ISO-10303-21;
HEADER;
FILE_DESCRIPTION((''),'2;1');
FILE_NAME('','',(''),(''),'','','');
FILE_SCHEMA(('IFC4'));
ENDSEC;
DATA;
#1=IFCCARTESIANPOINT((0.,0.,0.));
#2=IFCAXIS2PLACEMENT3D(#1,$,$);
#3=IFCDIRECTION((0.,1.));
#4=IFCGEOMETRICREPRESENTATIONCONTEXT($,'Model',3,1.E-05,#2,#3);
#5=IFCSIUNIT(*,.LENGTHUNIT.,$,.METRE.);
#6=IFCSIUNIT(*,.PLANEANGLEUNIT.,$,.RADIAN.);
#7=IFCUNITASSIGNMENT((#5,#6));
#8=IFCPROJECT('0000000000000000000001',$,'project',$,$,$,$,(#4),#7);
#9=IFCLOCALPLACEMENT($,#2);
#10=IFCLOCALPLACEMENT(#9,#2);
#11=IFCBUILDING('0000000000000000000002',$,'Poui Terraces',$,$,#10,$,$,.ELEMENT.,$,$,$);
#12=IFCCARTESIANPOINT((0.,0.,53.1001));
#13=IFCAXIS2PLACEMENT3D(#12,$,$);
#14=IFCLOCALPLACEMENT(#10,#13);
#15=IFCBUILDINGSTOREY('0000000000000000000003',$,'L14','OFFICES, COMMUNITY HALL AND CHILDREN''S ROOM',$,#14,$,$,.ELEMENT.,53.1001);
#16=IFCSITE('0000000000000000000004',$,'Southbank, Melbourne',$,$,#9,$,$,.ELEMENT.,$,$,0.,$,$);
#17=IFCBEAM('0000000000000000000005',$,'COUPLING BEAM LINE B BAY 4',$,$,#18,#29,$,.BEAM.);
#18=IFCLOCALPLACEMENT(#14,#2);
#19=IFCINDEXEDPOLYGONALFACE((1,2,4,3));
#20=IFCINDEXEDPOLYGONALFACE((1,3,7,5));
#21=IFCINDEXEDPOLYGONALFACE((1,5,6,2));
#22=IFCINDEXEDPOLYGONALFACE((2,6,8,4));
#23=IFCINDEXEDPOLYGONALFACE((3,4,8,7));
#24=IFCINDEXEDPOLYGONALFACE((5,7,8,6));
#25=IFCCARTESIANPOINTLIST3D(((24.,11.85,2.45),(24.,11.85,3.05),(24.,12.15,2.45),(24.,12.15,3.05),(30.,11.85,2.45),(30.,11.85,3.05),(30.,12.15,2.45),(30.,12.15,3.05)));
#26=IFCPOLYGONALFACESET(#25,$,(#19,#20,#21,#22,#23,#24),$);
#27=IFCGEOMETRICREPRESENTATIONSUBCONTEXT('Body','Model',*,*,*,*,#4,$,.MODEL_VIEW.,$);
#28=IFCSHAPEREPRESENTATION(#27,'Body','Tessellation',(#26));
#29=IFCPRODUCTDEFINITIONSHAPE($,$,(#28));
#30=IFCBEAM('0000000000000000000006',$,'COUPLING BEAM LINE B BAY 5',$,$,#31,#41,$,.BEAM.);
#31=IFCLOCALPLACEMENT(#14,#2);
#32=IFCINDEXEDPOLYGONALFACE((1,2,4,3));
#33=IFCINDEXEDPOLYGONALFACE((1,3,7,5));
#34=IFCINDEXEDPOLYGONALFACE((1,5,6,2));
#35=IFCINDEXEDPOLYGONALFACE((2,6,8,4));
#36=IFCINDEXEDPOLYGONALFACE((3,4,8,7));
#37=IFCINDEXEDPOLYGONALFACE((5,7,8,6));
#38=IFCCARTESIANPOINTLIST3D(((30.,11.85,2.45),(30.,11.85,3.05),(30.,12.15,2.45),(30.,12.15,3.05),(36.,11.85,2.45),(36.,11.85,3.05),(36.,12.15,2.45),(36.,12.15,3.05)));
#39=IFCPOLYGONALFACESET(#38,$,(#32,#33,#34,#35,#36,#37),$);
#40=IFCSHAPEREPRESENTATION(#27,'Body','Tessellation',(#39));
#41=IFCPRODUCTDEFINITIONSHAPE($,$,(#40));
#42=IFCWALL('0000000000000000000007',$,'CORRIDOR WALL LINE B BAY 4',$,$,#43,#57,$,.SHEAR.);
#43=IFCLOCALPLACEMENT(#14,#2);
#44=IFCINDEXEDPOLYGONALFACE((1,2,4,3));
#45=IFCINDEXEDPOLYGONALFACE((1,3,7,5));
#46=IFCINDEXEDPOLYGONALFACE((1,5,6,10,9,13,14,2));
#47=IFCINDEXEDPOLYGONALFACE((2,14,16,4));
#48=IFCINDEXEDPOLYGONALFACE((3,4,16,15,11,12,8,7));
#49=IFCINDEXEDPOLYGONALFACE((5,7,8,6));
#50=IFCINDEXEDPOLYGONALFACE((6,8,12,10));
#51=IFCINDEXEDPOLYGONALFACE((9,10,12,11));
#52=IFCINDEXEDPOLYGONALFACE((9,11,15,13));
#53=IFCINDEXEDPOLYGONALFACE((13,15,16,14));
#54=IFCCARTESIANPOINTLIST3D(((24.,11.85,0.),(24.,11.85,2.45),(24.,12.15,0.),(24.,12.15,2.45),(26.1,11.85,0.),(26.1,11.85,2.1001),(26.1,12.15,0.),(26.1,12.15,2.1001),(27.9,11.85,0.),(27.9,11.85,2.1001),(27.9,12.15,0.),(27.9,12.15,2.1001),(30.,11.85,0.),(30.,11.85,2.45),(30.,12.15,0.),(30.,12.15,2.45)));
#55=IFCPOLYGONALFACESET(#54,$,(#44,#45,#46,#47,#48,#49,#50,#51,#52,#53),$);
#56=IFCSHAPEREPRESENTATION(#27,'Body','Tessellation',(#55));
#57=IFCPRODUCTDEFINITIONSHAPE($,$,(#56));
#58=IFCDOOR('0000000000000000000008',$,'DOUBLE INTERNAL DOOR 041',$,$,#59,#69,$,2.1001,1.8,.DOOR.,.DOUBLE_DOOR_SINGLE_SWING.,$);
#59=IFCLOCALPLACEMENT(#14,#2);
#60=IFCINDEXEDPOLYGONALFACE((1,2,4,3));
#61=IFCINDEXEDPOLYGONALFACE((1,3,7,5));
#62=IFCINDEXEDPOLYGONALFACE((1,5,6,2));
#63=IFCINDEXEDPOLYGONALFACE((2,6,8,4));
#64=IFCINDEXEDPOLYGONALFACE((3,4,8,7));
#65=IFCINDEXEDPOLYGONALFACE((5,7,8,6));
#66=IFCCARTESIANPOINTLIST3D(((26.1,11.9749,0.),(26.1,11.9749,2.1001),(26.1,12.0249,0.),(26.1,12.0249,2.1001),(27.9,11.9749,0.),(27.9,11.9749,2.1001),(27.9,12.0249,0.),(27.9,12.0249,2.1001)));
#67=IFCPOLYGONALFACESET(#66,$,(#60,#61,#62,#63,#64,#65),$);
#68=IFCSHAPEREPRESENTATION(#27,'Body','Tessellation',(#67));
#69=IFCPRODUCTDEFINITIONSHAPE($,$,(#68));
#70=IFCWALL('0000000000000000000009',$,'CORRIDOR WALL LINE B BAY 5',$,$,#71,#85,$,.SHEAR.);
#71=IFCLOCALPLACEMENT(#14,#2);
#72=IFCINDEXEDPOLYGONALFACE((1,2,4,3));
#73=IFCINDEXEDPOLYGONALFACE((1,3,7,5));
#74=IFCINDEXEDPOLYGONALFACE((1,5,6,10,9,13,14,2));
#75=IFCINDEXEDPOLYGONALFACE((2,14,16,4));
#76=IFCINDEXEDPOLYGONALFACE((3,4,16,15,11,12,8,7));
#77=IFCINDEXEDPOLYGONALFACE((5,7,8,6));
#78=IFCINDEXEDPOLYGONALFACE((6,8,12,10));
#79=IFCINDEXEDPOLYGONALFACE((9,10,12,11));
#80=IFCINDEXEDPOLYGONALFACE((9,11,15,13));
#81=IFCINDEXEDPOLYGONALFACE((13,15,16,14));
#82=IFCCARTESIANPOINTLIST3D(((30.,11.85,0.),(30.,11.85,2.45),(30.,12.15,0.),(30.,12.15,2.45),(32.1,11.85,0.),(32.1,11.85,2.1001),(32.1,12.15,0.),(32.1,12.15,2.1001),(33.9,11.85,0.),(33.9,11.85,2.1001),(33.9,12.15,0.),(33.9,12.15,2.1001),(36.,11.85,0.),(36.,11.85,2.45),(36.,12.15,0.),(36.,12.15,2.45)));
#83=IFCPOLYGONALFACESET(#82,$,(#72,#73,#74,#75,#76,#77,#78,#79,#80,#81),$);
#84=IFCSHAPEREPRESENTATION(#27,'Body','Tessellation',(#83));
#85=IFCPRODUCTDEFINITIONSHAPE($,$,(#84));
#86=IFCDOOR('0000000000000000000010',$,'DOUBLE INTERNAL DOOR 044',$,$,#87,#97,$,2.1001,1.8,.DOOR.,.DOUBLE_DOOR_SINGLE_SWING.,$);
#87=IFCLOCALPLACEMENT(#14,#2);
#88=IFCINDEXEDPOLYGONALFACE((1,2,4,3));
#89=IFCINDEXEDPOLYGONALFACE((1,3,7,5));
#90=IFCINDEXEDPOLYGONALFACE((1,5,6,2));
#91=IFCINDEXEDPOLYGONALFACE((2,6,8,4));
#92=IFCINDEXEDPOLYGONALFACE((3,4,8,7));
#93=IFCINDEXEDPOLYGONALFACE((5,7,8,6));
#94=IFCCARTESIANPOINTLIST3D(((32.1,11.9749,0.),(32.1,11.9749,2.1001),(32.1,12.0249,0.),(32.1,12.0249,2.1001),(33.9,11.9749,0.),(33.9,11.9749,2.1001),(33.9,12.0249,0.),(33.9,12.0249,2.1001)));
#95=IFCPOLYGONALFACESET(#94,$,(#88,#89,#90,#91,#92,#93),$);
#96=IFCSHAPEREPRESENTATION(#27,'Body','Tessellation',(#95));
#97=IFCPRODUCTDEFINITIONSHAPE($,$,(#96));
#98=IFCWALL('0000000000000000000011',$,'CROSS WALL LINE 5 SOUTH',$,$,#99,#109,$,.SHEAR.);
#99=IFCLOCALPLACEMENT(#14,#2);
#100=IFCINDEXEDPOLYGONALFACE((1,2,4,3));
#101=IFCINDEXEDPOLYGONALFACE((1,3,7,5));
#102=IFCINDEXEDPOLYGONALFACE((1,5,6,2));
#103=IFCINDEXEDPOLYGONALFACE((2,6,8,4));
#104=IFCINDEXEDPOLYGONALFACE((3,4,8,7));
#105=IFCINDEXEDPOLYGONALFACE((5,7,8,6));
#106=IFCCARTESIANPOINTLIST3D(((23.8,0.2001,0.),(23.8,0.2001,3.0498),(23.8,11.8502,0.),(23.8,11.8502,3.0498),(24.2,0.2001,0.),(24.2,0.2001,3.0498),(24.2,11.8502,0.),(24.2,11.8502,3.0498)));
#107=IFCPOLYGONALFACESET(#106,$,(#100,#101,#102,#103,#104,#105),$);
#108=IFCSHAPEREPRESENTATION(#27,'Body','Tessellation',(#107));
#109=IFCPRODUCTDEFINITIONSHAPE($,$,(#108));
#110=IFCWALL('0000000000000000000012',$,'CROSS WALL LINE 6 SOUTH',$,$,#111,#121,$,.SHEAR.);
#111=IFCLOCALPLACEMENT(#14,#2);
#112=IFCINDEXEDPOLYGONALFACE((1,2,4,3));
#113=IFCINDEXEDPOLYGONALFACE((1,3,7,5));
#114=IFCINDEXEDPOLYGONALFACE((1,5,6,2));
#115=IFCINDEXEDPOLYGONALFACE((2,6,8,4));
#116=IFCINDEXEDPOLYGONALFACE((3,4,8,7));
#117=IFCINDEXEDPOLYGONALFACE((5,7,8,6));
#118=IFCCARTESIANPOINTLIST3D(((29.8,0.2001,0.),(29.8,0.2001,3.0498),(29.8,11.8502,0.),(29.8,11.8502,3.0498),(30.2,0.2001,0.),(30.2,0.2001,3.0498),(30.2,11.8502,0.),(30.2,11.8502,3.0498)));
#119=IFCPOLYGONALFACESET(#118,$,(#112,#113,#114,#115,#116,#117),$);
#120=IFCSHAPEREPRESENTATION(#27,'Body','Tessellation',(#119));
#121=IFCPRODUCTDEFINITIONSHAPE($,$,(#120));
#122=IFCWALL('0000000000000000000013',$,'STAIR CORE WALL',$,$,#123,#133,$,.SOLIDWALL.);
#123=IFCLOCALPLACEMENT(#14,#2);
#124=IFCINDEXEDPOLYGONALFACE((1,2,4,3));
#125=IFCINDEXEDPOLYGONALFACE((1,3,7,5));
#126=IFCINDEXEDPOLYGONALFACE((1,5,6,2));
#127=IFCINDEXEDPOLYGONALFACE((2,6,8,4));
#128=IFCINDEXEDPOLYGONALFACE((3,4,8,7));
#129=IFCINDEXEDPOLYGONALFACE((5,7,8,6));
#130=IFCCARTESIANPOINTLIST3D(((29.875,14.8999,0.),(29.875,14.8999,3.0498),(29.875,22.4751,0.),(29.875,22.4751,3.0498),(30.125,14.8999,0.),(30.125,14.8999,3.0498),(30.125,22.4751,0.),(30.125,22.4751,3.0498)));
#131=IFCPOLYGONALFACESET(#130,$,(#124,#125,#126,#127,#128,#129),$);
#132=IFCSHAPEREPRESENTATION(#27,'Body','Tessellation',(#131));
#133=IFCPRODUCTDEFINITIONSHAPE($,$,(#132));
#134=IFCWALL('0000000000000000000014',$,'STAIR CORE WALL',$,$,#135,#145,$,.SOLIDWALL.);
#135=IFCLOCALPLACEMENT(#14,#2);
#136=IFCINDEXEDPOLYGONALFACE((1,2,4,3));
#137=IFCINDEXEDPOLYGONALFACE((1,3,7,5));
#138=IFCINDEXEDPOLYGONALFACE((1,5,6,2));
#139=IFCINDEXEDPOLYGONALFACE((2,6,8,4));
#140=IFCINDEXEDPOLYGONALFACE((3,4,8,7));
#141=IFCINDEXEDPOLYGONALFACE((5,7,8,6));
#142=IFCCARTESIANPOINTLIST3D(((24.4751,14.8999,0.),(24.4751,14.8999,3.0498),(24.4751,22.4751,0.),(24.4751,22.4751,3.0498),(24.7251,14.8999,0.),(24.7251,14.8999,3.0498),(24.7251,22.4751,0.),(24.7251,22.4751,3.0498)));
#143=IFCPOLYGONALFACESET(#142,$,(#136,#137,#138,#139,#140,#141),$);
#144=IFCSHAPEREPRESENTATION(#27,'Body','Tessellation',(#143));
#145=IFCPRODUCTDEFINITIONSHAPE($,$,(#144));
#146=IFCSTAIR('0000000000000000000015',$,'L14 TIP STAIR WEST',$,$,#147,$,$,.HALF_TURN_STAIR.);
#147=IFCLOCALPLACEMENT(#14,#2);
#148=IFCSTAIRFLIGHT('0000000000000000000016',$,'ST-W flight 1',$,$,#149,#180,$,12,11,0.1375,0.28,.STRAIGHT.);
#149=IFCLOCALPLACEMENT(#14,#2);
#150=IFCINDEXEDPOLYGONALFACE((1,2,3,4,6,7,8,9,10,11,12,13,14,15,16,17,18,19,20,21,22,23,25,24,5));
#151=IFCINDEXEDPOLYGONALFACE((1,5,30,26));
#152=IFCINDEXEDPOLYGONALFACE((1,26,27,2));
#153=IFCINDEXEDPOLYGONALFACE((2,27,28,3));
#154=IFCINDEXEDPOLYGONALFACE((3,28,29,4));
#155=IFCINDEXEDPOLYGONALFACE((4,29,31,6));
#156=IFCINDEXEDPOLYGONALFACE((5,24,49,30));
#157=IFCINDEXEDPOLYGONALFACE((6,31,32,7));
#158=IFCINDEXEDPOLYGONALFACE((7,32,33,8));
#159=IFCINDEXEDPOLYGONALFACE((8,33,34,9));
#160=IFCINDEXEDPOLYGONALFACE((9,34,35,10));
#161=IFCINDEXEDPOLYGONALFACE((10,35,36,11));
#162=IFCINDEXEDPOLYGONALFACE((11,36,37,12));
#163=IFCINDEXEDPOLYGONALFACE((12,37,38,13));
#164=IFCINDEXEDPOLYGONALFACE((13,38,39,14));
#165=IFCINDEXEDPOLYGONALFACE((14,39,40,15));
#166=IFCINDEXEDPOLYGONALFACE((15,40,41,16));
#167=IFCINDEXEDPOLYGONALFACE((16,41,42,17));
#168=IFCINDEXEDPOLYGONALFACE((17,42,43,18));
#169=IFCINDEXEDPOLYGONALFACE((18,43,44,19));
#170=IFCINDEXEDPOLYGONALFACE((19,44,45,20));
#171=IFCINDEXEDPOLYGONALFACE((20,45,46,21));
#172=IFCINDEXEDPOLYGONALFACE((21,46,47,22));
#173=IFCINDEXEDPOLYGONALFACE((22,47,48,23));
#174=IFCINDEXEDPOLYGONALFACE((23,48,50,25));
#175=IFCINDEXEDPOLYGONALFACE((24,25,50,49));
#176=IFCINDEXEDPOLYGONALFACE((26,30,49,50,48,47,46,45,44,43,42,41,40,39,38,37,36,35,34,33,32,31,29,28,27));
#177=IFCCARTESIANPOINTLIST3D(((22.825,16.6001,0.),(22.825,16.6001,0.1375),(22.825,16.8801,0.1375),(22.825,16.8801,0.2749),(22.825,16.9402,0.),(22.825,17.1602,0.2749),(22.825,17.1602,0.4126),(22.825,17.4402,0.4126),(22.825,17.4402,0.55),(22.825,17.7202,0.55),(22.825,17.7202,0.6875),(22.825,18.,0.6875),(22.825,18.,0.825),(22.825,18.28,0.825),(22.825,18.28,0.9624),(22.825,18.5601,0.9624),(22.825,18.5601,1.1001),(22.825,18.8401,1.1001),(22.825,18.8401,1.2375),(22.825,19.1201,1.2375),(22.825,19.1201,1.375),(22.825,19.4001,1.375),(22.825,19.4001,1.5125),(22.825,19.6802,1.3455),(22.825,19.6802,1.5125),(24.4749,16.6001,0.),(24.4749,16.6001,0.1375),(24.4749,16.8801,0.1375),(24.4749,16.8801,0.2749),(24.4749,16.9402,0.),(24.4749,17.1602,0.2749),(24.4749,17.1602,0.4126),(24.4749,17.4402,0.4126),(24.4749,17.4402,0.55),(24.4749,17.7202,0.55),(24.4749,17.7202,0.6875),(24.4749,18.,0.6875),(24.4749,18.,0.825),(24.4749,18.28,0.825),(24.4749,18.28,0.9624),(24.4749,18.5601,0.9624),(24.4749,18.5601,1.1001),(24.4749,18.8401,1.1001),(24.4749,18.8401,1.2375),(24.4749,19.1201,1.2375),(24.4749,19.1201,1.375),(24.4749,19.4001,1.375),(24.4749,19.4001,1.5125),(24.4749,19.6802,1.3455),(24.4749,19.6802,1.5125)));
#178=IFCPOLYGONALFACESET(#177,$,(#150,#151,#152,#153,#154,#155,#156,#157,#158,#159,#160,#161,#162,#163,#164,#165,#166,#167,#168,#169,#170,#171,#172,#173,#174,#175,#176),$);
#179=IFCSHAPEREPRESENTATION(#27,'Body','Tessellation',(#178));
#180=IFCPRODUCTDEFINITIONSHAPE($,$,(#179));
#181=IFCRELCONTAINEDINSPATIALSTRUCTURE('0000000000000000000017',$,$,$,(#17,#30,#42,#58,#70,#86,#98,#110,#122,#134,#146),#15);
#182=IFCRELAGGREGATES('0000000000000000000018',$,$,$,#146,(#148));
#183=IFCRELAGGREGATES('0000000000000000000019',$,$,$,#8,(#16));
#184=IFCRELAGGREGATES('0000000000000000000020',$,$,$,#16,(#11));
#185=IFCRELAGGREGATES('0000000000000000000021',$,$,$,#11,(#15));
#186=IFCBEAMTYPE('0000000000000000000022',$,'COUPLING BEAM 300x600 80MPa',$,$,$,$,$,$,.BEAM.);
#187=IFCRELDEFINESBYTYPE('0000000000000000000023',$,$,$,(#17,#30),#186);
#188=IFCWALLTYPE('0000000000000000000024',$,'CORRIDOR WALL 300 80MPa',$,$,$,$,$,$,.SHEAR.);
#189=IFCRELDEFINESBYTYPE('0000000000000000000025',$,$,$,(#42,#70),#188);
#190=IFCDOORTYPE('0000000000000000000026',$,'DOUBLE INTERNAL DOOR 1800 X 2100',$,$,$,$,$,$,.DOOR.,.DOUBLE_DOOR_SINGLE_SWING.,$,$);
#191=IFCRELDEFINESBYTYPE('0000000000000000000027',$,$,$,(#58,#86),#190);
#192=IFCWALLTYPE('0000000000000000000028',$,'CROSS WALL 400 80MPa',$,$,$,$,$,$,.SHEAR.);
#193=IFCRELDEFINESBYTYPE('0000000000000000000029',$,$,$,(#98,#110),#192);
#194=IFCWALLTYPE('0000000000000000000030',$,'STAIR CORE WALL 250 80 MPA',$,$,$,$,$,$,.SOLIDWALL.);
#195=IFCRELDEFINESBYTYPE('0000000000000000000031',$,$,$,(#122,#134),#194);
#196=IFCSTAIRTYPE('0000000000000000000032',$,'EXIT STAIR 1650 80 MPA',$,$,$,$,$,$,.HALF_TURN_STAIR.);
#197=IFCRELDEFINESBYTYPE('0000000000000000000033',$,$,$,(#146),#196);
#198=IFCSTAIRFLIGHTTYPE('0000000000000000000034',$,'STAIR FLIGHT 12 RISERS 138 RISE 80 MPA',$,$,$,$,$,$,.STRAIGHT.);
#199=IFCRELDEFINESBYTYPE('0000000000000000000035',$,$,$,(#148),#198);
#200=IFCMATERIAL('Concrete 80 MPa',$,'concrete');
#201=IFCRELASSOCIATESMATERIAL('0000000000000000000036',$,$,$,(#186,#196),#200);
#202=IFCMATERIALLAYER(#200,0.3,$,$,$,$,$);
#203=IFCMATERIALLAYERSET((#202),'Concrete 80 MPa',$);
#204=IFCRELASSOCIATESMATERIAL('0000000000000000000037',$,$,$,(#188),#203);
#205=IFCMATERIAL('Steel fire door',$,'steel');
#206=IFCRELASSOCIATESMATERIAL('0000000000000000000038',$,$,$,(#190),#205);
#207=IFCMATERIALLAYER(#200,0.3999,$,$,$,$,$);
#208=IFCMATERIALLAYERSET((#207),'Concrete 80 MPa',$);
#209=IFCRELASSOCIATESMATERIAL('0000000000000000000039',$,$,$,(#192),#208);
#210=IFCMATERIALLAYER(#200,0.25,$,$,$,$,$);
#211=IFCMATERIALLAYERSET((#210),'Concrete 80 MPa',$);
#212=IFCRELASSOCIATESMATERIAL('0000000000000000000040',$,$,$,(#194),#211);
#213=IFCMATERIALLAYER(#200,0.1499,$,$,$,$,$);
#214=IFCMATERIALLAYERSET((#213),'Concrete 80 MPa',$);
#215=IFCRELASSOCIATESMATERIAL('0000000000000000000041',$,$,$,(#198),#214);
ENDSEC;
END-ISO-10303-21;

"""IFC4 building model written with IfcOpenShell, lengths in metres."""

from ifc_helpers import new_model, si_unit, direction, frame, frame_2d, origin, origin_2d, place, context, subcontext, project, spatial, polyline, rectangle, outline, extrude, source, transform, mapped, material, layer, layer_set, material_profile, profile_set, type_object, element, fill, aggregate, save


model = new_model("IFC4")

# Units and contexts
model_context = context("Model", 3, precision=1e-05, world=origin(), true_north=direction((0.0, 1.0)))
body_context = subcontext(model_context, "Body", "Model", "MODEL_VIEW")
ifc_project = project(units=[si_unit("LENGTHUNIT", "METRE"), si_unit("PLANEANGLEUNIT", "RADIAN")], contexts=[model_context])

# Site, building, storey
site_placement = place(None, origin())
site = spatial("IfcSite", under=ifc_project, at=site_placement, Name="Southbank, Melbourne", CompositionType="ELEMENT", RefElevation=0.0)
building_placement = place(site_placement, origin())
building = spatial("IfcBuilding", under=site, at=building_placement, Name="Poui Terraces", CompositionType="ELEMENT")
storey_placement = place(building_placement, frame((0.0, 0.0, 53.1001)))
storey = spatial("IfcBuildingStorey", under=building, at=storey_placement, Name="L14", Description="OFFICES, COMMUNITY HALL AND CHILDREN'S ROOM", CompositionType="ELEMENT", Elevation=53.1001)

# Beams
ifc_material_1 = material(Name="Concrete 80 MPa", Category="concrete")
ifc_material_profile = material_profile(ifc_material_1, rectangle(XDim=0.3, YDim=0.6001, at=origin_2d()), Name="RC 300x600")
ifc_profile_set = profile_set([ifc_material_profile], Name="Concrete 80 MPa")
beam_type = type_object("IfcBeamType", Name="COUPLING BEAM 300x600 80MPa", PredefinedType="BEAM", material=ifc_profile_set)
shared_shape = source(origin(), body_context, "Body", "SweptSolid", [
    extrude(rectangle(XDim=0.3, YDim=0.6001, at=origin_2d()), origin(), (0.0, 0.0, 1.0), 6.0),
])
for number, where, z_axis, x_axis, name in (
    (1, (24.0, 12.0, 2.75), (1.0, 0.0, 0.0), (0.0, 1.0, 0.0), "COUPLING BEAM LINE B BAY 4"),
    (2, (30.0, 12.0, 2.75), (1.0, 0.0, 0.0), (0.0, 1.0, 0.0), "COUPLING BEAM LINE B BAY 5"),
):
    element("IfcBeam", number, at=place(storey_placement, frame(where, z_axis=z_axis, x_axis=x_axis)), inside=storey, type_object=beam_type, Name=name, PredefinedType="BEAM", context=body_context, shape_type="MappedRepresentation", body=[
        mapped(shared_shape, transform((0.0, 0.0, 0.0))),
    ])

# Walls, openings, doors
ifc_layer_1 = layer(ifc_material_1, 0.3)
ifc_layer_set_1 = layer_set([ifc_layer_1], Name="Concrete 80 MPa")
wall_type_1 = type_object("IfcWallType", Name="CORRIDOR WALL 300 80MPa", PredefinedType="SHEAR", material=ifc_layer_set_1)
wall_1_placement = place(storey_placement, frame((24.0, 12.0, 0.0), z_axis=(0.0, 0.0, 1.0), x_axis=(1.0, 0.0, 0.0)))
wall_1 = element("IfcWall", 3, at=wall_1_placement, inside=storey, type_object=wall_type_1, Name="CORRIDOR WALL LINE B BAY 4", PredefinedType="SHEAR", context=body_context, shape_type="SweptSolid", body=[
    extrude(rectangle(XDim=6.0, YDim=0.3, at=frame_2d((3.0, 0.0))), origin(), (0.0, 0.0, 1.0), 2.45),
])
opening_1_placement = place(wall_1_placement, frame((2.1001, 0.0, 0.0)))
opening_1 = element("IfcOpeningElement", 4, at=opening_1_placement, cuts=wall_1, PredefinedType="OPENING", context=body_context, shape_type="SweptSolid", body=[
    extrude(rectangle(XDim=1.8, YDim=2.1001, at=frame_2d((0.8999, 1.05))), frame((0.0, 0.1602, 0.0), z_axis=(0.0, -1.0, 0.0), x_axis=(1.0, 0.0, 0.0)), (0.0, 0.0, 1.0), 0.3201),
])
ifc_material_2 = material(Name="Steel fire door", Category="steel")
door_type = type_object("IfcDoorType", Name="DOUBLE INTERNAL DOOR 1800 X 2100", OperationType="DOUBLE_DOOR_SINGLE_SWING", PredefinedType="DOOR", material=ifc_material_2)
door_1_placement = place(opening_1_placement, origin())
door_1 = element("IfcDoor", 5, at=door_1_placement, inside=storey, type_object=door_type, Name="DOUBLE INTERNAL DOOR 041", OperationType="DOUBLE_DOOR_SINGLE_SWING", OverallHeight=2.1001, OverallWidth=1.8, PredefinedType="DOOR", context=body_context, shape_type="SweptSolid", body=[
    extrude(rectangle(XDim=1.8, YDim=2.1001, at=frame_2d((0.8999, 1.05))), frame((0.0, 0.0249, 0.0), z_axis=(0.0, -1.0, 0.0), x_axis=(1.0, 0.0, 0.0)), (0.0, 0.0, 1.0), 0.05),
])
fill(opening_1, door_1)
wall_2_placement = place(storey_placement, frame((30.0, 12.0, 0.0), z_axis=(0.0, 0.0, 1.0), x_axis=(1.0, 0.0, 0.0)))
wall_2 = element("IfcWall", 6, at=wall_2_placement, inside=storey, type_object=wall_type_1, Name="CORRIDOR WALL LINE B BAY 5", PredefinedType="SHEAR", context=body_context, shape_type="SweptSolid", body=[
    extrude(rectangle(XDim=6.0, YDim=0.3, at=frame_2d((3.0, 0.0))), origin(), (0.0, 0.0, 1.0), 2.45),
])
opening_2_placement = place(wall_2_placement, frame((2.1001, 0.0, 0.0)))
opening_2 = element("IfcOpeningElement", 7, at=opening_2_placement, cuts=wall_2, PredefinedType="OPENING", context=body_context, shape_type="SweptSolid", body=[
    extrude(rectangle(XDim=1.8, YDim=2.1001, at=frame_2d((0.8999, 1.05))), frame((0.0, 0.1602, 0.0), z_axis=(0.0, -1.0, 0.0), x_axis=(1.0, 0.0, 0.0)), (0.0, 0.0, 1.0), 0.3201),
])
door_2_placement = place(opening_2_placement, origin())
door_2 = element("IfcDoor", 8, at=door_2_placement, inside=storey, type_object=door_type, Name="DOUBLE INTERNAL DOOR 044", OperationType="DOUBLE_DOOR_SINGLE_SWING", OverallHeight=2.1001, OverallWidth=1.8, PredefinedType="DOOR", context=body_context, shape_type="SweptSolid", body=[
    extrude(rectangle(XDim=1.8, YDim=2.1001, at=frame_2d((0.8999, 1.05))), frame((0.0, 0.0249, 0.0), z_axis=(0.0, -1.0, 0.0), x_axis=(1.0, 0.0, 0.0)), (0.0, 0.0, 1.0), 0.05),
])
fill(opening_2, door_2)

# Walls
ifc_layer_2 = layer(ifc_material_1, 0.3999)
ifc_layer_set_2 = layer_set([ifc_layer_2], Name="Concrete 80 MPa")
wall_type_2 = type_object("IfcWallType", Name="CROSS WALL 400 80MPa", PredefinedType="SHEAR", material=ifc_layer_set_2)
for number, where, z_axis, x_axis, name in (
    (9, (24.0, 0.2, 0.0), (0.0, 0.0, 1.0), (0.0, 1.0, 0.0), "CROSS WALL LINE 5 SOUTH"),
    (10, (30.0, 0.2, 0.0), (0.0, 0.0, 1.0), (0.0, 1.0, 0.0), "CROSS WALL LINE 6 SOUTH"),
):
    element("IfcWall", number, at=place(storey_placement, frame(where, z_axis=z_axis, x_axis=x_axis)), inside=storey, type_object=wall_type_2, Name=name, PredefinedType="SHEAR", context=body_context, shape_type="SweptSolid", body=[
        extrude(rectangle(XDim=11.6501, YDim=0.3999, at=frame_2d((5.8252, 0.0))), origin(), (0.0, 0.0, 1.0), 3.0498),
    ])
ifc_layer_3 = layer(ifc_material_1, 0.25)
ifc_layer_set_3 = layer_set([ifc_layer_3], Name="Concrete 80 MPa")
wall_type_3 = type_object("IfcWallType", Name="STAIR CORE WALL 250 80 MPA", PredefinedType="SOLIDWALL", material=ifc_layer_set_3)
for number, where, z_axis, x_axis, name in (
    (11, (30.0, 14.8999, 0.0), (0.0, 0.0, 1.0), (0.0, 1.0, 0.0), "STAIR CORE WALL"),
    (12, (24.6001, 14.8999, 0.0), (0.0, 0.0, 1.0), (0.0, 1.0, 0.0), "STAIR CORE WALL"),
):
    element("IfcWall", number, at=place(storey_placement, frame(where, z_axis=z_axis, x_axis=x_axis)), inside=storey, type_object=wall_type_3, Name=name, PredefinedType="SOLIDWALL", context=body_context, shape_type="SweptSolid", body=[
        extrude(rectangle(XDim=7.5752, YDim=0.25, at=frame_2d((3.7876, 0.0))), origin(), (0.0, 0.0, 1.0), 3.0498),
    ])

# Stair, stair flight
stair_type = type_object("IfcStairType", Name="EXIT STAIR 1650 80 MPA", PredefinedType="HALF_TURN_STAIR", material=ifc_material_1)
stair_placement = place(storey_placement, origin())
stair = element("IfcStair", 13, at=stair_placement, inside=storey, type_object=stair_type, Name="L14 TIP STAIR WEST", PredefinedType="HALF_TURN_STAIR")
ifc_layer_4 = layer(ifc_material_1, 0.1499)
ifc_layer_set_4 = layer_set([ifc_layer_4], Name="Concrete 80 MPa")
stair_flight_type = type_object("IfcStairFlightType", Name="STAIR FLIGHT 12 RISERS 138 RISE 80 MPA", PredefinedType="STRAIGHT", material=ifc_layer_set_4)
stair_flight_1_placement = place(storey_placement, frame((23.6499, 16.6001, 0.0), z_axis=(0.0, 0.0, 1.0), x_axis=(0.0, 1.0, 0.0)))
stair_flight_1 = element("IfcStairFlight", 14, at=stair_flight_1_placement, type_object=stair_flight_type, Name="ST-W flight 1", NumberOfRisers=12, NumberOfTreads=11, PredefinedType="STRAIGHT", RiserHeight=0.1375, TreadLength=0.28, context=body_context, shape_type="SweptSolid", body=[
    extrude(outline(polyline([(0.0, 0.0), (0.0, 0.1375), (0.28, 0.1375), (0.28, 0.2749), (0.5601, 0.2749), (0.5601, 0.4126), (0.8401, 0.4126), (0.8401, 0.55), (1.1201, 0.55), (1.1201, 0.6875), (1.3999, 0.6875), (1.3999, 0.825), (1.6799, 0.825), (1.6799, 0.9624), (1.96, 0.9624), (1.96, 1.1001), (2.24, 1.1001), (2.24, 1.2375), (2.52, 1.2375), (2.52, 1.375), (2.8, 1.375), (2.8, 1.5125), (3.0801, 1.5125), (3.0801, 1.6499), (3.0801, 1.3455), (0.3401, 0.0), (0.0, 0.0)])), frame((0.0, 0.825, 0.0), z_axis=(0.0, -1.0, 0.0), x_axis=(1.0, 0.0, 0.0)), (0.0, 0.0, 1.0), 1.6499),
])
aggregate(stair, [stair_flight_1])

save(model, "model.ifc")
